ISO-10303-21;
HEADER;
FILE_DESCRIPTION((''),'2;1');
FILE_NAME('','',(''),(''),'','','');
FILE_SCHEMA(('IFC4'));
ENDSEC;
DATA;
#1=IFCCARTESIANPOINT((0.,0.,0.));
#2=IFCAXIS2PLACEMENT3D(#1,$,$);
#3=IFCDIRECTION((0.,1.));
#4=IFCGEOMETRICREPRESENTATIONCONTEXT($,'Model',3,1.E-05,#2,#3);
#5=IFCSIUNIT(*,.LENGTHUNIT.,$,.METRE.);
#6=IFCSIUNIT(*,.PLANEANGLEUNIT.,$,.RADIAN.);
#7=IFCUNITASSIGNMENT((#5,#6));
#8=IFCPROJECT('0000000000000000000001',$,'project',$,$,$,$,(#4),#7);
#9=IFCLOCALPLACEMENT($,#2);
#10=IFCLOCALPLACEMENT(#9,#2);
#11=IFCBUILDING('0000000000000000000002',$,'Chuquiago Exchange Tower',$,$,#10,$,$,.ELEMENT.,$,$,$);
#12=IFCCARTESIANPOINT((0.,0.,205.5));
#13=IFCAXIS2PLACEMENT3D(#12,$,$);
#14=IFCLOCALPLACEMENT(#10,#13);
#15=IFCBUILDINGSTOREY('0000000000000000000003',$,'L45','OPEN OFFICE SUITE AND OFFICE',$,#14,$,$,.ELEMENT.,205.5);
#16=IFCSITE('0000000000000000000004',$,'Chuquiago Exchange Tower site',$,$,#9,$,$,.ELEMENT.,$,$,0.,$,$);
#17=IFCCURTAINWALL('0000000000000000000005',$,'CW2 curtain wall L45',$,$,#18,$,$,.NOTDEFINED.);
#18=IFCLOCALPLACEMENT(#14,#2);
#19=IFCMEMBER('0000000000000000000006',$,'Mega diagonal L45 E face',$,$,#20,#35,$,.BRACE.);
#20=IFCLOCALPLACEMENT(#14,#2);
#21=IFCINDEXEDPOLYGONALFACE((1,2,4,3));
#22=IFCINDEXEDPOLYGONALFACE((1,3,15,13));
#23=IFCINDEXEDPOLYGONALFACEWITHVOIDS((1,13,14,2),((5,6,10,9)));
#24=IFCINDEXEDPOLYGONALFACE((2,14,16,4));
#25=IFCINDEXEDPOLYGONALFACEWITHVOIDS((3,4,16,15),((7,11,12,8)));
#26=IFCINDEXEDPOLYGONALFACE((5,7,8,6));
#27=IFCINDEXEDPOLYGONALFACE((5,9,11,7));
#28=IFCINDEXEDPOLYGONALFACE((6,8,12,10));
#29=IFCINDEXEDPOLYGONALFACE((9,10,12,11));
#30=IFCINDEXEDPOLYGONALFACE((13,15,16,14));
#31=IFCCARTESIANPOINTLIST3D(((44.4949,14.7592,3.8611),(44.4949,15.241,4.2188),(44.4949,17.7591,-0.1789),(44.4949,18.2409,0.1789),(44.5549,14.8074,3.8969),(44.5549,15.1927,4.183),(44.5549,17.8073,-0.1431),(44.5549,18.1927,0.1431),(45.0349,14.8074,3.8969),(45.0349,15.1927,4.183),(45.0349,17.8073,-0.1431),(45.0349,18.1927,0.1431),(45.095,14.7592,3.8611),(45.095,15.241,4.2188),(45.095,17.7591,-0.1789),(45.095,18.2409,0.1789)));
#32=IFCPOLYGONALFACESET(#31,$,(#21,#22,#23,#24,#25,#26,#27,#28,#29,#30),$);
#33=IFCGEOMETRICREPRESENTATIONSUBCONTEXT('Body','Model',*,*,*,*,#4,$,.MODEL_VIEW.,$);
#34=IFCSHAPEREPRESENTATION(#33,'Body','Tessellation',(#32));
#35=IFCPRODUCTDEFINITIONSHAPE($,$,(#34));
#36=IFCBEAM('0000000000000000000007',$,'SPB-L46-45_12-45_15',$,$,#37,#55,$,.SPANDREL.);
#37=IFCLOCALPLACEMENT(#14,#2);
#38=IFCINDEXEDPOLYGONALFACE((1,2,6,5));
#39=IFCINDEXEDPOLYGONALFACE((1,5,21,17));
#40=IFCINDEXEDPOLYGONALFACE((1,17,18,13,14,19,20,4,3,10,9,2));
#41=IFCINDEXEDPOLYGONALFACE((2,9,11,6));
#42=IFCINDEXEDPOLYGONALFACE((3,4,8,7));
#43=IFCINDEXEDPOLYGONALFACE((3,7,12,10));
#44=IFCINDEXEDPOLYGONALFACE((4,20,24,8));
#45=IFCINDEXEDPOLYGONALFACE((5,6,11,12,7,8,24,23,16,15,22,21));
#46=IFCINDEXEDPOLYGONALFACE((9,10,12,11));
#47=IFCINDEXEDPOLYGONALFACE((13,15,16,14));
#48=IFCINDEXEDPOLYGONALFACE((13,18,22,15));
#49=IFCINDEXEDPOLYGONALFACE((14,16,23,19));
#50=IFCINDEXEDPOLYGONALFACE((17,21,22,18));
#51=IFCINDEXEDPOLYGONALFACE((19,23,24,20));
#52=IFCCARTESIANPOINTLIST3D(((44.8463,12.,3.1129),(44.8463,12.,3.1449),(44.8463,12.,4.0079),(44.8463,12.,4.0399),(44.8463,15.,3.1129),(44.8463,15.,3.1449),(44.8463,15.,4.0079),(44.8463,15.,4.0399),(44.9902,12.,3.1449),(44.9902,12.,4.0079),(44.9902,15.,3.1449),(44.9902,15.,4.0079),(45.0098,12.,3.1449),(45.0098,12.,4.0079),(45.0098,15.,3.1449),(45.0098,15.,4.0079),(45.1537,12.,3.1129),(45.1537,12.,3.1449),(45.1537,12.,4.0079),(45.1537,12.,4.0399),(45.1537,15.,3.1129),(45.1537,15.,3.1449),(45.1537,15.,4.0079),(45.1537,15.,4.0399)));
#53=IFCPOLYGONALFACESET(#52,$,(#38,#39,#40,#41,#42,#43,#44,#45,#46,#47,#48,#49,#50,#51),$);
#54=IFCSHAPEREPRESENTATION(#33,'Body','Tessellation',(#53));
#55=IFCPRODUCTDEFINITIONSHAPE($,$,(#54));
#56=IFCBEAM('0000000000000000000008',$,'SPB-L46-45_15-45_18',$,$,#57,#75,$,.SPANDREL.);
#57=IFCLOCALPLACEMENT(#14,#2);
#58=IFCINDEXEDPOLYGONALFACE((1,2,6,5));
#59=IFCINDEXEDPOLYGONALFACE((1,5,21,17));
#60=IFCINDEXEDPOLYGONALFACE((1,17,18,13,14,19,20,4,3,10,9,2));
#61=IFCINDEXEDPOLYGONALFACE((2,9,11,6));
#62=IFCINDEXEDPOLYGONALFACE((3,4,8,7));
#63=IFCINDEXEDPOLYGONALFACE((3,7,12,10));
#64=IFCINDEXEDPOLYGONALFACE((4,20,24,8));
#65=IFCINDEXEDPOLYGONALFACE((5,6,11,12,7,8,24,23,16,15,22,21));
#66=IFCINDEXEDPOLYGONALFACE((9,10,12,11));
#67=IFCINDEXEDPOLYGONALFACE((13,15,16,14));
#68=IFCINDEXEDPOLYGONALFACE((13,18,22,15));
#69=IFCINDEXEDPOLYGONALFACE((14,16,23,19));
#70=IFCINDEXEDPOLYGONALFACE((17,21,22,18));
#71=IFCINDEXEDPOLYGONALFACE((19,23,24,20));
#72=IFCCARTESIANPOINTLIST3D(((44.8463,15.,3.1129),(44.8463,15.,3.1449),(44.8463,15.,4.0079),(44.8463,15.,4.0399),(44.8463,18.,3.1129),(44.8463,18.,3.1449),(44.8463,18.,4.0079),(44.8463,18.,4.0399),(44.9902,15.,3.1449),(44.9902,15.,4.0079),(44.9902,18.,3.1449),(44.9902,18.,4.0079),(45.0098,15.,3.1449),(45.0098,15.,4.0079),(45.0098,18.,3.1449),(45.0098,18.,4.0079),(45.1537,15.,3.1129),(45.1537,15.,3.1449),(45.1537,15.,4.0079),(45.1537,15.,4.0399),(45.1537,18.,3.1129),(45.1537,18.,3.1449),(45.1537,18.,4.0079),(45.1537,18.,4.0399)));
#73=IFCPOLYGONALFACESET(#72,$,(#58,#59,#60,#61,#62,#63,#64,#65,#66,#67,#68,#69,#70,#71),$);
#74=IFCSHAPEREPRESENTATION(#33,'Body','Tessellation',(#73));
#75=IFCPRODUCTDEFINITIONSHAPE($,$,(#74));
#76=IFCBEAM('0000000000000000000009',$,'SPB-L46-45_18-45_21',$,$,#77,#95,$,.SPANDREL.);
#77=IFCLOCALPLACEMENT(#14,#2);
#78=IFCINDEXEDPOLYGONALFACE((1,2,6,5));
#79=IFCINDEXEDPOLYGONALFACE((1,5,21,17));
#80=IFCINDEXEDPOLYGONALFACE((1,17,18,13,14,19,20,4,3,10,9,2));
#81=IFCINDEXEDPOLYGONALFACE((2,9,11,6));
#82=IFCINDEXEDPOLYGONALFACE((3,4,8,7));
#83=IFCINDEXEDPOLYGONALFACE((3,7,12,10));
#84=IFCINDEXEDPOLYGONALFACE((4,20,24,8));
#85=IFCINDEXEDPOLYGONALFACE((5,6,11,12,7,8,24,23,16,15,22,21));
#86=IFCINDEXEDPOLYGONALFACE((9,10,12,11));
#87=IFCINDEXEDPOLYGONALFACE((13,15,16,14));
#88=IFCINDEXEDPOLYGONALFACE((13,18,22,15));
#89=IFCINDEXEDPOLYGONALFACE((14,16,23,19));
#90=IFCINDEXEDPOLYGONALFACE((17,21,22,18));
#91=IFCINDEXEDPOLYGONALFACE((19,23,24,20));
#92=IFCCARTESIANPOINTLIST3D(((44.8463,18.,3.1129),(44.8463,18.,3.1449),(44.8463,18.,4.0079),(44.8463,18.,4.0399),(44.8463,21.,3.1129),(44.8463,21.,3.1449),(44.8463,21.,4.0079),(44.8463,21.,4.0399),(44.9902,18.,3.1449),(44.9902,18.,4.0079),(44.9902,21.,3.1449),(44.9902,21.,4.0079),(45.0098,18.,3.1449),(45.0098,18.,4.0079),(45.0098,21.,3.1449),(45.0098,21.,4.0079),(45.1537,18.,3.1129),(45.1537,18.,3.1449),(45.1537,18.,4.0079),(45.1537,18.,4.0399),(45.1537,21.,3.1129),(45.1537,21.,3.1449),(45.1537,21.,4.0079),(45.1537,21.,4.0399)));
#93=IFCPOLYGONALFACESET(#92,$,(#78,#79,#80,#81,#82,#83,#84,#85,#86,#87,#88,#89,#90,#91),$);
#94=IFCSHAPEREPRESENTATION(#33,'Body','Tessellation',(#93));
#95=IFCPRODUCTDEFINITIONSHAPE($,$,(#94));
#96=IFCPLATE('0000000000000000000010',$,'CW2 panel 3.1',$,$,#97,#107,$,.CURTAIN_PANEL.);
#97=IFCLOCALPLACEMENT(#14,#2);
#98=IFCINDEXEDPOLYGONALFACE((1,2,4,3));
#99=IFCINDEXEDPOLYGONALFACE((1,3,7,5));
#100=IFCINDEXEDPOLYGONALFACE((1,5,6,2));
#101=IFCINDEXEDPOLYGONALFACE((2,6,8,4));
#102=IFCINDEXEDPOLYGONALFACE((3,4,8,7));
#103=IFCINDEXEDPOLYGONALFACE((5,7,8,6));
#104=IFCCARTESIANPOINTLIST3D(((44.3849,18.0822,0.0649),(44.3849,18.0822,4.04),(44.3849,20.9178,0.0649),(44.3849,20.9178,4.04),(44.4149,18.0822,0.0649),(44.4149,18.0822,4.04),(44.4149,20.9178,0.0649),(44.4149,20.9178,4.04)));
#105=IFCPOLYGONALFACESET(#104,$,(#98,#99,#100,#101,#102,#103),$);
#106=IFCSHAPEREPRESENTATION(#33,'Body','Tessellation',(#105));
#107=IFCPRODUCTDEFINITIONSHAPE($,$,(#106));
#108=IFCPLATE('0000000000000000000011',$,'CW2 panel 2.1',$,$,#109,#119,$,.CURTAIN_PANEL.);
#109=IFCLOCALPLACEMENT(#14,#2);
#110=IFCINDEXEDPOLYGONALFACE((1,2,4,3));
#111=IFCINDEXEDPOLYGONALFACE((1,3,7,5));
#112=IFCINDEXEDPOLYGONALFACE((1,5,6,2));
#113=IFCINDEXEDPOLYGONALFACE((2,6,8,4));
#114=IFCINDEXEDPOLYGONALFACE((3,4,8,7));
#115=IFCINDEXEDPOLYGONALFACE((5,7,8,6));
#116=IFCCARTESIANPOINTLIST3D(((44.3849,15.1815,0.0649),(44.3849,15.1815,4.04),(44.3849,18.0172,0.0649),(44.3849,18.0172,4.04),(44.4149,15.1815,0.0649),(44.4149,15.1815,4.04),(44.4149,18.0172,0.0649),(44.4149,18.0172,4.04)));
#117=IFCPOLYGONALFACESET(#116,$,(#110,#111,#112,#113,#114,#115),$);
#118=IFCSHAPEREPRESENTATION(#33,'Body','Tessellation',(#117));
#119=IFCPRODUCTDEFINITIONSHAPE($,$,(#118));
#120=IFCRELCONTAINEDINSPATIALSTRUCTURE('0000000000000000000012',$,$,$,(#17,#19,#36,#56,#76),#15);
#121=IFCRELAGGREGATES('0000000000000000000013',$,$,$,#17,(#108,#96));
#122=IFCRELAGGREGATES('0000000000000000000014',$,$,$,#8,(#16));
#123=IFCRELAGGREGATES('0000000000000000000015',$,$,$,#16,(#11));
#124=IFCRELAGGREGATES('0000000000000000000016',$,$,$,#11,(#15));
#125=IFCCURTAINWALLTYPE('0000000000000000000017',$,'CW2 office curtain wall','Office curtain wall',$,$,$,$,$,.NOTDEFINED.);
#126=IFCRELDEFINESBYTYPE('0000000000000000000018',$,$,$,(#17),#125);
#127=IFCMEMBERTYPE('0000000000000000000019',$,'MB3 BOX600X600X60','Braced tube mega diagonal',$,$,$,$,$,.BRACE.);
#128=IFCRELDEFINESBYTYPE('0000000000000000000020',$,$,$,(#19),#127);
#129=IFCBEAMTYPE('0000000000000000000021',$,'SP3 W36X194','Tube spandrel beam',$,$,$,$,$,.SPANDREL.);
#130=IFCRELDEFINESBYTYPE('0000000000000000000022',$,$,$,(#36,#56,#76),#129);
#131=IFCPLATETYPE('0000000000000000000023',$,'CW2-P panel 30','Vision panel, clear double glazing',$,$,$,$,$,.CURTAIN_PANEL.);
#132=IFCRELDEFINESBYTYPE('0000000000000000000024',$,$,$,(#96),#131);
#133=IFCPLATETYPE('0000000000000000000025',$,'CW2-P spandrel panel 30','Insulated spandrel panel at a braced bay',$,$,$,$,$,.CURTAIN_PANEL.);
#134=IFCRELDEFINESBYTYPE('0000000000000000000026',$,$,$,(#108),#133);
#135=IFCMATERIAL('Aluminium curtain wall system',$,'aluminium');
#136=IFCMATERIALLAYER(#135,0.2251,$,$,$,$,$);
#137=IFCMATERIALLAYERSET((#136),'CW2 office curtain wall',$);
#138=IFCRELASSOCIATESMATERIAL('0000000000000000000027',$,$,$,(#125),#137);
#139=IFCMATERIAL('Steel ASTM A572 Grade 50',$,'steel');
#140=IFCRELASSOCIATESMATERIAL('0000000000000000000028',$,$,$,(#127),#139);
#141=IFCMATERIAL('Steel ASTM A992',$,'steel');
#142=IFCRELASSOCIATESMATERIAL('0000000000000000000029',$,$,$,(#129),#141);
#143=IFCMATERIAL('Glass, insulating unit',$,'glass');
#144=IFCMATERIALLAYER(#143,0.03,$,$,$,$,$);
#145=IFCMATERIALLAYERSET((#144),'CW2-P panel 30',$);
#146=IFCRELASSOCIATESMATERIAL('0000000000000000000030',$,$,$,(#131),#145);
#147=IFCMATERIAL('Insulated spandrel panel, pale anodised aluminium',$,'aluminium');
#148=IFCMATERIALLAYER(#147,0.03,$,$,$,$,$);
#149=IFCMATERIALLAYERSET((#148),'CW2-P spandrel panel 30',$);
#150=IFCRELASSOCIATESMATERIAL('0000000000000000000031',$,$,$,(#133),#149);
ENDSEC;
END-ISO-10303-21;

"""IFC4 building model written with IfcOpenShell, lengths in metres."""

from ifc_helpers import new_model, si_unit, direction, frame, origin, origin_2d, place, context, subcontext, project, spatial, rectangle, hollow_rectangle, i_section, extrude, material, layer, layer_set, material_profile, profile_set, type_object, element, aggregate, save


model = new_model("IFC4")

# Units and contexts
model_context = context("Model", 3, precision=1e-05, world=origin(), true_north=direction((0.0, 1.0)))
body_context = subcontext(model_context, "Body", "Model", "MODEL_VIEW")
ifc_project = project(units=[si_unit("LENGTHUNIT", "METRE"), si_unit("PLANEANGLEUNIT", "RADIAN")], contexts=[model_context])

# Site, building, storey
site_placement = place(None, origin())
site = spatial("IfcSite", under=ifc_project, at=site_placement, Name="Chuquiago Exchange Tower site", CompositionType="ELEMENT", RefElevation=0.0)
building_placement = place(site_placement, origin())
building = spatial("IfcBuilding", under=site, at=building_placement, Name="Chuquiago Exchange Tower", CompositionType="ELEMENT")
storey_placement = place(building_placement, frame((0.0, 0.0, 205.5)))
storey = spatial("IfcBuildingStorey", under=building, at=storey_placement, Name="L45", Description="OPEN OFFICE SUITE AND OFFICE", CompositionType="ELEMENT", Elevation=205.5)

# Curtain wall
ifc_material_1 = material(Name="Aluminium curtain wall system", Category="aluminium")
ifc_layer_1 = layer(ifc_material_1, 0.2251)
ifc_layer_set_1 = layer_set([ifc_layer_1], Name="CW2 office curtain wall")
curtain_wall_type = type_object("IfcCurtainWallType", Name="CW2 office curtain wall", Description="Office curtain wall", PredefinedType="NOTDEFINED", material=ifc_layer_set_1)
curtain_wall_placement = place(storey_placement, origin())
curtain_wall = element("IfcCurtainWall", 1, at=curtain_wall_placement, inside=storey, type_object=curtain_wall_type, Name="CW2 curtain wall L45", PredefinedType="NOTDEFINED")

# Member
ifc_material_2 = material(Name="Steel ASTM A572 Grade 50", Category="steel")
ifc_material_profile_1 = material_profile(ifc_material_2, hollow_rectangle(XDim=0.6001, YDim=0.6001, WallThickness=0.0601, at=origin_2d()), Name="BOX600X600X60")
ifc_profile_set_1 = profile_set([ifc_material_profile_1], Name="Steel ASTM A572 Grade 50")
member_type_1 = type_object("IfcMemberType", Name="MB3 BOX600X600X60", Description="Braced tube mega diagonal", PredefinedType="BRACE", material=ifc_profile_set_1)
for number, where, z_axis, x_axis, name in (
    (2, (44.7949, 18.0, 0.0), (0.0, -0.596174, 0.802855), (1.0, 0.0, 0.0), "Mega diagonal L45 E face"),
):
    element("IfcMember", number, at=place(storey_placement, frame(where, z_axis=z_axis, x_axis=x_axis)), inside=storey, type_object=member_type_1, Name=name, PredefinedType="BRACE", context=body_context, shape_type="SweptSolid", body=[
        extrude(hollow_rectangle(XDim=0.6001, YDim=0.6001, WallThickness=0.0601, at=origin_2d()), origin(), (0.0, 0.0, 1.0), 5.032),
    ])

# Beams
ifc_material_3 = material(Name="Steel ASTM A992", Category="steel")
ifc_material_profile_2 = material_profile(ifc_material_3, i_section(OverallWidth=0.3074, OverallDepth=0.927, WebThickness=0.0195, FlangeThickness=0.032, at=origin_2d()), Name="W36X194")
ifc_profile_set_2 = profile_set([ifc_material_profile_2], Name="Steel ASTM A992")
beam_type = type_object("IfcBeamType", Name="SP3 W36X194", Description="Tube spandrel beam", PredefinedType="SPANDREL", material=ifc_profile_set_2)
for number, where, z_axis, x_axis, name in (
    (3, (45.0, 12.0, 3.5764), (0.0, 1.0, 0.0), (-1.0, 0.0, 0.0), "SPB-L46-45_12-45_15"),
    (4, (45.0, 15.0, 3.5764), (0.0, 1.0, 0.0), (-1.0, 0.0, 0.0), "SPB-L46-45_15-45_18"),
    (5, (45.0, 18.0, 3.5764), (0.0, 1.0, 0.0), (-1.0, 0.0, 0.0), "SPB-L46-45_18-45_21"),
):
    element("IfcBeam", number, at=place(storey_placement, frame(where, z_axis=z_axis, x_axis=x_axis)), inside=storey, type_object=beam_type, Name=name, PredefinedType="SPANDREL", context=body_context, shape_type="SweptSolid", body=[
        extrude(i_section(OverallWidth=0.3074, OverallDepth=0.927, WebThickness=0.0195, FlangeThickness=0.032, at=origin_2d()), origin(), (0.0, 0.0, 1.0), 3.0),
    ])

# Plates
ifc_material_4 = material(Name="Glass, insulating unit", Category="glass")
ifc_layer_2 = layer(ifc_material_4, 0.03)
ifc_layer_set_2 = layer_set([ifc_layer_2], Name="CW2-P panel 30")
plate_type_1 = type_object("IfcPlateType", Name="CW2-P panel 30", Description="Vision panel, clear double glazing", PredefinedType="CURTAIN_PANEL", material=ifc_layer_set_2)
plate_1_placement = place(storey_placement, frame((44.3999, 19.5, 0.0649), z_axis=(0.0, 0.0, 1.0), x_axis=(0.0, 1.0, 0.0)))
plate_1 = element("IfcPlate", 6, at=plate_1_placement, type_object=plate_type_1, Name="CW2 panel 3.1", PredefinedType="CURTAIN_PANEL", context=body_context, shape_type="SweptSolid", body=[
    extrude(rectangle(XDim=2.8357, YDim=0.03, at=origin_2d()), origin(), (0.0, 0.0, 1.0), 3.9751),
])
ifc_material_5 = material(Name="Insulated spandrel panel, pale anodised aluminium", Category="aluminium")
ifc_layer_3 = layer(ifc_material_5, 0.03)
ifc_layer_set_3 = layer_set([ifc_layer_3], Name="CW2-P spandrel panel 30")
plate_type_2 = type_object("IfcPlateType", Name="CW2-P spandrel panel 30", Description="Insulated spandrel panel at a braced bay", PredefinedType="CURTAIN_PANEL", material=ifc_layer_set_3)
plate_2_placement = place(storey_placement, frame((44.3999, 16.5994, 0.0649), z_axis=(0.0, 0.0, 1.0), x_axis=(0.0, 1.0, 0.0)))
plate_2 = element("IfcPlate", 7, at=plate_2_placement, type_object=plate_type_2, Name="CW2 panel 2.1", PredefinedType="CURTAIN_PANEL", context=body_context, shape_type="SweptSolid", body=[
    extrude(rectangle(XDim=2.8357, YDim=0.03, at=origin_2d()), origin(), (0.0, 0.0, 1.0), 3.9751),
])
aggregate(curtain_wall, [plate_2, plate_1])

save(model, "model.ifc")
